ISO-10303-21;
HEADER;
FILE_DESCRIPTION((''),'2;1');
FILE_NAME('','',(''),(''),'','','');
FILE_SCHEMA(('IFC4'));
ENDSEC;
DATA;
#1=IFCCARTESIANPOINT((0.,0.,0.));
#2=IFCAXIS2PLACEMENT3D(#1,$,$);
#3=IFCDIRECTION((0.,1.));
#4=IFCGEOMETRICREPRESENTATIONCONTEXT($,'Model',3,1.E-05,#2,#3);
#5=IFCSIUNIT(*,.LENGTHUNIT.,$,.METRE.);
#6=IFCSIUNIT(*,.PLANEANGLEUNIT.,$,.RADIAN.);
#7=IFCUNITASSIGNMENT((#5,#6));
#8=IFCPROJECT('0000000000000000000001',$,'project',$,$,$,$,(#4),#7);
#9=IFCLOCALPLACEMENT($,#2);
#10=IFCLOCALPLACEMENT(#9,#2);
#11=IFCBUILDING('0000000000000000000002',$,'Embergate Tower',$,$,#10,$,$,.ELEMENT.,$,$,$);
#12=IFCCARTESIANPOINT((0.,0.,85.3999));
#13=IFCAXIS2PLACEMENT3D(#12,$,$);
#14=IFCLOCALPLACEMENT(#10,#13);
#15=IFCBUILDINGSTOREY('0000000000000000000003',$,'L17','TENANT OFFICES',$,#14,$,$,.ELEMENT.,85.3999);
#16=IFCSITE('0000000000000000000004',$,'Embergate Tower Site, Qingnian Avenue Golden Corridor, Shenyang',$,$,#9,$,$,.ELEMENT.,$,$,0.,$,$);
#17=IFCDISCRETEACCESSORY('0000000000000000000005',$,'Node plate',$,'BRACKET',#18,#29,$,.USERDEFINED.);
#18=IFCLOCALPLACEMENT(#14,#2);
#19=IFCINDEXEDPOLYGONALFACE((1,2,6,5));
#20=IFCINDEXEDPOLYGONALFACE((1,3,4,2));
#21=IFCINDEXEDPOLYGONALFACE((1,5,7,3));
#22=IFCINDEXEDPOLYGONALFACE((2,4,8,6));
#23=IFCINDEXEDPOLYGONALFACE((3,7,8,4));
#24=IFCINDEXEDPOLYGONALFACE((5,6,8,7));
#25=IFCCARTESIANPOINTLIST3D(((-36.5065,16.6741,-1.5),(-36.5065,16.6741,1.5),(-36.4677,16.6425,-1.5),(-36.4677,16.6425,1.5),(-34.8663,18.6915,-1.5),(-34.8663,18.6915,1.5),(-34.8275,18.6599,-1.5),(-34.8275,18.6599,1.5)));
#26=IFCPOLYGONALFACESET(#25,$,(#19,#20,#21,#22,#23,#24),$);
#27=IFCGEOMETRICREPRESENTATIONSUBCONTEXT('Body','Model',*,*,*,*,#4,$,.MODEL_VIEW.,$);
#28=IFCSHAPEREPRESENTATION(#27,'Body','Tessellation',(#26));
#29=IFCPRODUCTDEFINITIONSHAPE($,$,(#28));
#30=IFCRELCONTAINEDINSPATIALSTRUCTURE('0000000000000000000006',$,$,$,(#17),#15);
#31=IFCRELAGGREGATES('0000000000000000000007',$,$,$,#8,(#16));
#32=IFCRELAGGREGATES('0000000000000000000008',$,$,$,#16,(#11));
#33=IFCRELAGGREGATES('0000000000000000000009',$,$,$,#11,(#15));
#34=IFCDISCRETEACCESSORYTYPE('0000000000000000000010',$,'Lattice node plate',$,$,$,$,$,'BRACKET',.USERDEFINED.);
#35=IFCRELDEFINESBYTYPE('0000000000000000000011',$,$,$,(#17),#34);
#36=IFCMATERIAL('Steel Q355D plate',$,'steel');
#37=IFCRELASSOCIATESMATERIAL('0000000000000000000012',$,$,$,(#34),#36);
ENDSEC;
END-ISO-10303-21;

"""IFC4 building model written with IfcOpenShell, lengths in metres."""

from ifc_helpers import new_model, si_unit, direction, frame, origin, origin_2d, place, context, subcontext, project, spatial, rectangle, extrude, source, transform, mapped, material, type_object, element, save


model = new_model("IFC4")

# Units and contexts
model_context = context("Model", 3, precision=1e-05, world=origin(), true_north=direction((0.0, 1.0)))
body_context = subcontext(model_context, "Body", "Model", "MODEL_VIEW")
ifc_project = project(units=[si_unit("LENGTHUNIT", "METRE"), si_unit("PLANEANGLEUNIT", "RADIAN")], contexts=[model_context])

# Site, building, storey
site_placement = place(None, origin())
site = spatial("IfcSite", under=ifc_project, at=site_placement, Name="Embergate Tower Site, Qingnian Avenue Golden Corridor, Shenyang", CompositionType="ELEMENT", RefElevation=0.0)
building_placement = place(site_placement, origin())
building = spatial("IfcBuilding", under=site, at=building_placement, Name="Embergate Tower", CompositionType="ELEMENT")
storey_placement = place(building_placement, frame((0.0, 0.0, 85.3999)))
storey = spatial("IfcBuildingStorey", under=building, at=storey_placement, Name="L17", Description="TENANT OFFICES", CompositionType="ELEMENT", Elevation=85.3999)

# Discrete accessory
ifc_material_1 = material(Name="Steel Q355D plate", Category="steel")
discrete_accessory_type = type_object("IfcDiscreteAccessoryType", Name="Lattice node plate", ElementType="BRACKET", PredefinedType="USERDEFINED", material=ifc_material_1)
shared_shape_1 = source(origin(), body_context, "Body", "SweptSolid", [
    extrude(rectangle(XDim=2.6001, YDim=0.05, at=origin_2d()), origin(), (0.0, 0.0, 1.0), 3.0),
])
discrete_accessory_placement = place(storey_placement, frame((-35.667, 17.667, -1.5), z_axis=(0.0, 0.0, 1.0), x_axis=(-0.630838, -0.775914, 0.0)))
element("IfcDiscreteAccessory", 1, at=discrete_accessory_placement, inside=storey, type_object=discrete_accessory_type, Name="Node plate", ObjectType="BRACKET", PredefinedType="USERDEFINED", context=body_context, shape_type="MappedRepresentation", body=[
    mapped(shared_shape_1, transform((0.0, 0.0, 0.0))),
])

save(model, "model.ifc")
